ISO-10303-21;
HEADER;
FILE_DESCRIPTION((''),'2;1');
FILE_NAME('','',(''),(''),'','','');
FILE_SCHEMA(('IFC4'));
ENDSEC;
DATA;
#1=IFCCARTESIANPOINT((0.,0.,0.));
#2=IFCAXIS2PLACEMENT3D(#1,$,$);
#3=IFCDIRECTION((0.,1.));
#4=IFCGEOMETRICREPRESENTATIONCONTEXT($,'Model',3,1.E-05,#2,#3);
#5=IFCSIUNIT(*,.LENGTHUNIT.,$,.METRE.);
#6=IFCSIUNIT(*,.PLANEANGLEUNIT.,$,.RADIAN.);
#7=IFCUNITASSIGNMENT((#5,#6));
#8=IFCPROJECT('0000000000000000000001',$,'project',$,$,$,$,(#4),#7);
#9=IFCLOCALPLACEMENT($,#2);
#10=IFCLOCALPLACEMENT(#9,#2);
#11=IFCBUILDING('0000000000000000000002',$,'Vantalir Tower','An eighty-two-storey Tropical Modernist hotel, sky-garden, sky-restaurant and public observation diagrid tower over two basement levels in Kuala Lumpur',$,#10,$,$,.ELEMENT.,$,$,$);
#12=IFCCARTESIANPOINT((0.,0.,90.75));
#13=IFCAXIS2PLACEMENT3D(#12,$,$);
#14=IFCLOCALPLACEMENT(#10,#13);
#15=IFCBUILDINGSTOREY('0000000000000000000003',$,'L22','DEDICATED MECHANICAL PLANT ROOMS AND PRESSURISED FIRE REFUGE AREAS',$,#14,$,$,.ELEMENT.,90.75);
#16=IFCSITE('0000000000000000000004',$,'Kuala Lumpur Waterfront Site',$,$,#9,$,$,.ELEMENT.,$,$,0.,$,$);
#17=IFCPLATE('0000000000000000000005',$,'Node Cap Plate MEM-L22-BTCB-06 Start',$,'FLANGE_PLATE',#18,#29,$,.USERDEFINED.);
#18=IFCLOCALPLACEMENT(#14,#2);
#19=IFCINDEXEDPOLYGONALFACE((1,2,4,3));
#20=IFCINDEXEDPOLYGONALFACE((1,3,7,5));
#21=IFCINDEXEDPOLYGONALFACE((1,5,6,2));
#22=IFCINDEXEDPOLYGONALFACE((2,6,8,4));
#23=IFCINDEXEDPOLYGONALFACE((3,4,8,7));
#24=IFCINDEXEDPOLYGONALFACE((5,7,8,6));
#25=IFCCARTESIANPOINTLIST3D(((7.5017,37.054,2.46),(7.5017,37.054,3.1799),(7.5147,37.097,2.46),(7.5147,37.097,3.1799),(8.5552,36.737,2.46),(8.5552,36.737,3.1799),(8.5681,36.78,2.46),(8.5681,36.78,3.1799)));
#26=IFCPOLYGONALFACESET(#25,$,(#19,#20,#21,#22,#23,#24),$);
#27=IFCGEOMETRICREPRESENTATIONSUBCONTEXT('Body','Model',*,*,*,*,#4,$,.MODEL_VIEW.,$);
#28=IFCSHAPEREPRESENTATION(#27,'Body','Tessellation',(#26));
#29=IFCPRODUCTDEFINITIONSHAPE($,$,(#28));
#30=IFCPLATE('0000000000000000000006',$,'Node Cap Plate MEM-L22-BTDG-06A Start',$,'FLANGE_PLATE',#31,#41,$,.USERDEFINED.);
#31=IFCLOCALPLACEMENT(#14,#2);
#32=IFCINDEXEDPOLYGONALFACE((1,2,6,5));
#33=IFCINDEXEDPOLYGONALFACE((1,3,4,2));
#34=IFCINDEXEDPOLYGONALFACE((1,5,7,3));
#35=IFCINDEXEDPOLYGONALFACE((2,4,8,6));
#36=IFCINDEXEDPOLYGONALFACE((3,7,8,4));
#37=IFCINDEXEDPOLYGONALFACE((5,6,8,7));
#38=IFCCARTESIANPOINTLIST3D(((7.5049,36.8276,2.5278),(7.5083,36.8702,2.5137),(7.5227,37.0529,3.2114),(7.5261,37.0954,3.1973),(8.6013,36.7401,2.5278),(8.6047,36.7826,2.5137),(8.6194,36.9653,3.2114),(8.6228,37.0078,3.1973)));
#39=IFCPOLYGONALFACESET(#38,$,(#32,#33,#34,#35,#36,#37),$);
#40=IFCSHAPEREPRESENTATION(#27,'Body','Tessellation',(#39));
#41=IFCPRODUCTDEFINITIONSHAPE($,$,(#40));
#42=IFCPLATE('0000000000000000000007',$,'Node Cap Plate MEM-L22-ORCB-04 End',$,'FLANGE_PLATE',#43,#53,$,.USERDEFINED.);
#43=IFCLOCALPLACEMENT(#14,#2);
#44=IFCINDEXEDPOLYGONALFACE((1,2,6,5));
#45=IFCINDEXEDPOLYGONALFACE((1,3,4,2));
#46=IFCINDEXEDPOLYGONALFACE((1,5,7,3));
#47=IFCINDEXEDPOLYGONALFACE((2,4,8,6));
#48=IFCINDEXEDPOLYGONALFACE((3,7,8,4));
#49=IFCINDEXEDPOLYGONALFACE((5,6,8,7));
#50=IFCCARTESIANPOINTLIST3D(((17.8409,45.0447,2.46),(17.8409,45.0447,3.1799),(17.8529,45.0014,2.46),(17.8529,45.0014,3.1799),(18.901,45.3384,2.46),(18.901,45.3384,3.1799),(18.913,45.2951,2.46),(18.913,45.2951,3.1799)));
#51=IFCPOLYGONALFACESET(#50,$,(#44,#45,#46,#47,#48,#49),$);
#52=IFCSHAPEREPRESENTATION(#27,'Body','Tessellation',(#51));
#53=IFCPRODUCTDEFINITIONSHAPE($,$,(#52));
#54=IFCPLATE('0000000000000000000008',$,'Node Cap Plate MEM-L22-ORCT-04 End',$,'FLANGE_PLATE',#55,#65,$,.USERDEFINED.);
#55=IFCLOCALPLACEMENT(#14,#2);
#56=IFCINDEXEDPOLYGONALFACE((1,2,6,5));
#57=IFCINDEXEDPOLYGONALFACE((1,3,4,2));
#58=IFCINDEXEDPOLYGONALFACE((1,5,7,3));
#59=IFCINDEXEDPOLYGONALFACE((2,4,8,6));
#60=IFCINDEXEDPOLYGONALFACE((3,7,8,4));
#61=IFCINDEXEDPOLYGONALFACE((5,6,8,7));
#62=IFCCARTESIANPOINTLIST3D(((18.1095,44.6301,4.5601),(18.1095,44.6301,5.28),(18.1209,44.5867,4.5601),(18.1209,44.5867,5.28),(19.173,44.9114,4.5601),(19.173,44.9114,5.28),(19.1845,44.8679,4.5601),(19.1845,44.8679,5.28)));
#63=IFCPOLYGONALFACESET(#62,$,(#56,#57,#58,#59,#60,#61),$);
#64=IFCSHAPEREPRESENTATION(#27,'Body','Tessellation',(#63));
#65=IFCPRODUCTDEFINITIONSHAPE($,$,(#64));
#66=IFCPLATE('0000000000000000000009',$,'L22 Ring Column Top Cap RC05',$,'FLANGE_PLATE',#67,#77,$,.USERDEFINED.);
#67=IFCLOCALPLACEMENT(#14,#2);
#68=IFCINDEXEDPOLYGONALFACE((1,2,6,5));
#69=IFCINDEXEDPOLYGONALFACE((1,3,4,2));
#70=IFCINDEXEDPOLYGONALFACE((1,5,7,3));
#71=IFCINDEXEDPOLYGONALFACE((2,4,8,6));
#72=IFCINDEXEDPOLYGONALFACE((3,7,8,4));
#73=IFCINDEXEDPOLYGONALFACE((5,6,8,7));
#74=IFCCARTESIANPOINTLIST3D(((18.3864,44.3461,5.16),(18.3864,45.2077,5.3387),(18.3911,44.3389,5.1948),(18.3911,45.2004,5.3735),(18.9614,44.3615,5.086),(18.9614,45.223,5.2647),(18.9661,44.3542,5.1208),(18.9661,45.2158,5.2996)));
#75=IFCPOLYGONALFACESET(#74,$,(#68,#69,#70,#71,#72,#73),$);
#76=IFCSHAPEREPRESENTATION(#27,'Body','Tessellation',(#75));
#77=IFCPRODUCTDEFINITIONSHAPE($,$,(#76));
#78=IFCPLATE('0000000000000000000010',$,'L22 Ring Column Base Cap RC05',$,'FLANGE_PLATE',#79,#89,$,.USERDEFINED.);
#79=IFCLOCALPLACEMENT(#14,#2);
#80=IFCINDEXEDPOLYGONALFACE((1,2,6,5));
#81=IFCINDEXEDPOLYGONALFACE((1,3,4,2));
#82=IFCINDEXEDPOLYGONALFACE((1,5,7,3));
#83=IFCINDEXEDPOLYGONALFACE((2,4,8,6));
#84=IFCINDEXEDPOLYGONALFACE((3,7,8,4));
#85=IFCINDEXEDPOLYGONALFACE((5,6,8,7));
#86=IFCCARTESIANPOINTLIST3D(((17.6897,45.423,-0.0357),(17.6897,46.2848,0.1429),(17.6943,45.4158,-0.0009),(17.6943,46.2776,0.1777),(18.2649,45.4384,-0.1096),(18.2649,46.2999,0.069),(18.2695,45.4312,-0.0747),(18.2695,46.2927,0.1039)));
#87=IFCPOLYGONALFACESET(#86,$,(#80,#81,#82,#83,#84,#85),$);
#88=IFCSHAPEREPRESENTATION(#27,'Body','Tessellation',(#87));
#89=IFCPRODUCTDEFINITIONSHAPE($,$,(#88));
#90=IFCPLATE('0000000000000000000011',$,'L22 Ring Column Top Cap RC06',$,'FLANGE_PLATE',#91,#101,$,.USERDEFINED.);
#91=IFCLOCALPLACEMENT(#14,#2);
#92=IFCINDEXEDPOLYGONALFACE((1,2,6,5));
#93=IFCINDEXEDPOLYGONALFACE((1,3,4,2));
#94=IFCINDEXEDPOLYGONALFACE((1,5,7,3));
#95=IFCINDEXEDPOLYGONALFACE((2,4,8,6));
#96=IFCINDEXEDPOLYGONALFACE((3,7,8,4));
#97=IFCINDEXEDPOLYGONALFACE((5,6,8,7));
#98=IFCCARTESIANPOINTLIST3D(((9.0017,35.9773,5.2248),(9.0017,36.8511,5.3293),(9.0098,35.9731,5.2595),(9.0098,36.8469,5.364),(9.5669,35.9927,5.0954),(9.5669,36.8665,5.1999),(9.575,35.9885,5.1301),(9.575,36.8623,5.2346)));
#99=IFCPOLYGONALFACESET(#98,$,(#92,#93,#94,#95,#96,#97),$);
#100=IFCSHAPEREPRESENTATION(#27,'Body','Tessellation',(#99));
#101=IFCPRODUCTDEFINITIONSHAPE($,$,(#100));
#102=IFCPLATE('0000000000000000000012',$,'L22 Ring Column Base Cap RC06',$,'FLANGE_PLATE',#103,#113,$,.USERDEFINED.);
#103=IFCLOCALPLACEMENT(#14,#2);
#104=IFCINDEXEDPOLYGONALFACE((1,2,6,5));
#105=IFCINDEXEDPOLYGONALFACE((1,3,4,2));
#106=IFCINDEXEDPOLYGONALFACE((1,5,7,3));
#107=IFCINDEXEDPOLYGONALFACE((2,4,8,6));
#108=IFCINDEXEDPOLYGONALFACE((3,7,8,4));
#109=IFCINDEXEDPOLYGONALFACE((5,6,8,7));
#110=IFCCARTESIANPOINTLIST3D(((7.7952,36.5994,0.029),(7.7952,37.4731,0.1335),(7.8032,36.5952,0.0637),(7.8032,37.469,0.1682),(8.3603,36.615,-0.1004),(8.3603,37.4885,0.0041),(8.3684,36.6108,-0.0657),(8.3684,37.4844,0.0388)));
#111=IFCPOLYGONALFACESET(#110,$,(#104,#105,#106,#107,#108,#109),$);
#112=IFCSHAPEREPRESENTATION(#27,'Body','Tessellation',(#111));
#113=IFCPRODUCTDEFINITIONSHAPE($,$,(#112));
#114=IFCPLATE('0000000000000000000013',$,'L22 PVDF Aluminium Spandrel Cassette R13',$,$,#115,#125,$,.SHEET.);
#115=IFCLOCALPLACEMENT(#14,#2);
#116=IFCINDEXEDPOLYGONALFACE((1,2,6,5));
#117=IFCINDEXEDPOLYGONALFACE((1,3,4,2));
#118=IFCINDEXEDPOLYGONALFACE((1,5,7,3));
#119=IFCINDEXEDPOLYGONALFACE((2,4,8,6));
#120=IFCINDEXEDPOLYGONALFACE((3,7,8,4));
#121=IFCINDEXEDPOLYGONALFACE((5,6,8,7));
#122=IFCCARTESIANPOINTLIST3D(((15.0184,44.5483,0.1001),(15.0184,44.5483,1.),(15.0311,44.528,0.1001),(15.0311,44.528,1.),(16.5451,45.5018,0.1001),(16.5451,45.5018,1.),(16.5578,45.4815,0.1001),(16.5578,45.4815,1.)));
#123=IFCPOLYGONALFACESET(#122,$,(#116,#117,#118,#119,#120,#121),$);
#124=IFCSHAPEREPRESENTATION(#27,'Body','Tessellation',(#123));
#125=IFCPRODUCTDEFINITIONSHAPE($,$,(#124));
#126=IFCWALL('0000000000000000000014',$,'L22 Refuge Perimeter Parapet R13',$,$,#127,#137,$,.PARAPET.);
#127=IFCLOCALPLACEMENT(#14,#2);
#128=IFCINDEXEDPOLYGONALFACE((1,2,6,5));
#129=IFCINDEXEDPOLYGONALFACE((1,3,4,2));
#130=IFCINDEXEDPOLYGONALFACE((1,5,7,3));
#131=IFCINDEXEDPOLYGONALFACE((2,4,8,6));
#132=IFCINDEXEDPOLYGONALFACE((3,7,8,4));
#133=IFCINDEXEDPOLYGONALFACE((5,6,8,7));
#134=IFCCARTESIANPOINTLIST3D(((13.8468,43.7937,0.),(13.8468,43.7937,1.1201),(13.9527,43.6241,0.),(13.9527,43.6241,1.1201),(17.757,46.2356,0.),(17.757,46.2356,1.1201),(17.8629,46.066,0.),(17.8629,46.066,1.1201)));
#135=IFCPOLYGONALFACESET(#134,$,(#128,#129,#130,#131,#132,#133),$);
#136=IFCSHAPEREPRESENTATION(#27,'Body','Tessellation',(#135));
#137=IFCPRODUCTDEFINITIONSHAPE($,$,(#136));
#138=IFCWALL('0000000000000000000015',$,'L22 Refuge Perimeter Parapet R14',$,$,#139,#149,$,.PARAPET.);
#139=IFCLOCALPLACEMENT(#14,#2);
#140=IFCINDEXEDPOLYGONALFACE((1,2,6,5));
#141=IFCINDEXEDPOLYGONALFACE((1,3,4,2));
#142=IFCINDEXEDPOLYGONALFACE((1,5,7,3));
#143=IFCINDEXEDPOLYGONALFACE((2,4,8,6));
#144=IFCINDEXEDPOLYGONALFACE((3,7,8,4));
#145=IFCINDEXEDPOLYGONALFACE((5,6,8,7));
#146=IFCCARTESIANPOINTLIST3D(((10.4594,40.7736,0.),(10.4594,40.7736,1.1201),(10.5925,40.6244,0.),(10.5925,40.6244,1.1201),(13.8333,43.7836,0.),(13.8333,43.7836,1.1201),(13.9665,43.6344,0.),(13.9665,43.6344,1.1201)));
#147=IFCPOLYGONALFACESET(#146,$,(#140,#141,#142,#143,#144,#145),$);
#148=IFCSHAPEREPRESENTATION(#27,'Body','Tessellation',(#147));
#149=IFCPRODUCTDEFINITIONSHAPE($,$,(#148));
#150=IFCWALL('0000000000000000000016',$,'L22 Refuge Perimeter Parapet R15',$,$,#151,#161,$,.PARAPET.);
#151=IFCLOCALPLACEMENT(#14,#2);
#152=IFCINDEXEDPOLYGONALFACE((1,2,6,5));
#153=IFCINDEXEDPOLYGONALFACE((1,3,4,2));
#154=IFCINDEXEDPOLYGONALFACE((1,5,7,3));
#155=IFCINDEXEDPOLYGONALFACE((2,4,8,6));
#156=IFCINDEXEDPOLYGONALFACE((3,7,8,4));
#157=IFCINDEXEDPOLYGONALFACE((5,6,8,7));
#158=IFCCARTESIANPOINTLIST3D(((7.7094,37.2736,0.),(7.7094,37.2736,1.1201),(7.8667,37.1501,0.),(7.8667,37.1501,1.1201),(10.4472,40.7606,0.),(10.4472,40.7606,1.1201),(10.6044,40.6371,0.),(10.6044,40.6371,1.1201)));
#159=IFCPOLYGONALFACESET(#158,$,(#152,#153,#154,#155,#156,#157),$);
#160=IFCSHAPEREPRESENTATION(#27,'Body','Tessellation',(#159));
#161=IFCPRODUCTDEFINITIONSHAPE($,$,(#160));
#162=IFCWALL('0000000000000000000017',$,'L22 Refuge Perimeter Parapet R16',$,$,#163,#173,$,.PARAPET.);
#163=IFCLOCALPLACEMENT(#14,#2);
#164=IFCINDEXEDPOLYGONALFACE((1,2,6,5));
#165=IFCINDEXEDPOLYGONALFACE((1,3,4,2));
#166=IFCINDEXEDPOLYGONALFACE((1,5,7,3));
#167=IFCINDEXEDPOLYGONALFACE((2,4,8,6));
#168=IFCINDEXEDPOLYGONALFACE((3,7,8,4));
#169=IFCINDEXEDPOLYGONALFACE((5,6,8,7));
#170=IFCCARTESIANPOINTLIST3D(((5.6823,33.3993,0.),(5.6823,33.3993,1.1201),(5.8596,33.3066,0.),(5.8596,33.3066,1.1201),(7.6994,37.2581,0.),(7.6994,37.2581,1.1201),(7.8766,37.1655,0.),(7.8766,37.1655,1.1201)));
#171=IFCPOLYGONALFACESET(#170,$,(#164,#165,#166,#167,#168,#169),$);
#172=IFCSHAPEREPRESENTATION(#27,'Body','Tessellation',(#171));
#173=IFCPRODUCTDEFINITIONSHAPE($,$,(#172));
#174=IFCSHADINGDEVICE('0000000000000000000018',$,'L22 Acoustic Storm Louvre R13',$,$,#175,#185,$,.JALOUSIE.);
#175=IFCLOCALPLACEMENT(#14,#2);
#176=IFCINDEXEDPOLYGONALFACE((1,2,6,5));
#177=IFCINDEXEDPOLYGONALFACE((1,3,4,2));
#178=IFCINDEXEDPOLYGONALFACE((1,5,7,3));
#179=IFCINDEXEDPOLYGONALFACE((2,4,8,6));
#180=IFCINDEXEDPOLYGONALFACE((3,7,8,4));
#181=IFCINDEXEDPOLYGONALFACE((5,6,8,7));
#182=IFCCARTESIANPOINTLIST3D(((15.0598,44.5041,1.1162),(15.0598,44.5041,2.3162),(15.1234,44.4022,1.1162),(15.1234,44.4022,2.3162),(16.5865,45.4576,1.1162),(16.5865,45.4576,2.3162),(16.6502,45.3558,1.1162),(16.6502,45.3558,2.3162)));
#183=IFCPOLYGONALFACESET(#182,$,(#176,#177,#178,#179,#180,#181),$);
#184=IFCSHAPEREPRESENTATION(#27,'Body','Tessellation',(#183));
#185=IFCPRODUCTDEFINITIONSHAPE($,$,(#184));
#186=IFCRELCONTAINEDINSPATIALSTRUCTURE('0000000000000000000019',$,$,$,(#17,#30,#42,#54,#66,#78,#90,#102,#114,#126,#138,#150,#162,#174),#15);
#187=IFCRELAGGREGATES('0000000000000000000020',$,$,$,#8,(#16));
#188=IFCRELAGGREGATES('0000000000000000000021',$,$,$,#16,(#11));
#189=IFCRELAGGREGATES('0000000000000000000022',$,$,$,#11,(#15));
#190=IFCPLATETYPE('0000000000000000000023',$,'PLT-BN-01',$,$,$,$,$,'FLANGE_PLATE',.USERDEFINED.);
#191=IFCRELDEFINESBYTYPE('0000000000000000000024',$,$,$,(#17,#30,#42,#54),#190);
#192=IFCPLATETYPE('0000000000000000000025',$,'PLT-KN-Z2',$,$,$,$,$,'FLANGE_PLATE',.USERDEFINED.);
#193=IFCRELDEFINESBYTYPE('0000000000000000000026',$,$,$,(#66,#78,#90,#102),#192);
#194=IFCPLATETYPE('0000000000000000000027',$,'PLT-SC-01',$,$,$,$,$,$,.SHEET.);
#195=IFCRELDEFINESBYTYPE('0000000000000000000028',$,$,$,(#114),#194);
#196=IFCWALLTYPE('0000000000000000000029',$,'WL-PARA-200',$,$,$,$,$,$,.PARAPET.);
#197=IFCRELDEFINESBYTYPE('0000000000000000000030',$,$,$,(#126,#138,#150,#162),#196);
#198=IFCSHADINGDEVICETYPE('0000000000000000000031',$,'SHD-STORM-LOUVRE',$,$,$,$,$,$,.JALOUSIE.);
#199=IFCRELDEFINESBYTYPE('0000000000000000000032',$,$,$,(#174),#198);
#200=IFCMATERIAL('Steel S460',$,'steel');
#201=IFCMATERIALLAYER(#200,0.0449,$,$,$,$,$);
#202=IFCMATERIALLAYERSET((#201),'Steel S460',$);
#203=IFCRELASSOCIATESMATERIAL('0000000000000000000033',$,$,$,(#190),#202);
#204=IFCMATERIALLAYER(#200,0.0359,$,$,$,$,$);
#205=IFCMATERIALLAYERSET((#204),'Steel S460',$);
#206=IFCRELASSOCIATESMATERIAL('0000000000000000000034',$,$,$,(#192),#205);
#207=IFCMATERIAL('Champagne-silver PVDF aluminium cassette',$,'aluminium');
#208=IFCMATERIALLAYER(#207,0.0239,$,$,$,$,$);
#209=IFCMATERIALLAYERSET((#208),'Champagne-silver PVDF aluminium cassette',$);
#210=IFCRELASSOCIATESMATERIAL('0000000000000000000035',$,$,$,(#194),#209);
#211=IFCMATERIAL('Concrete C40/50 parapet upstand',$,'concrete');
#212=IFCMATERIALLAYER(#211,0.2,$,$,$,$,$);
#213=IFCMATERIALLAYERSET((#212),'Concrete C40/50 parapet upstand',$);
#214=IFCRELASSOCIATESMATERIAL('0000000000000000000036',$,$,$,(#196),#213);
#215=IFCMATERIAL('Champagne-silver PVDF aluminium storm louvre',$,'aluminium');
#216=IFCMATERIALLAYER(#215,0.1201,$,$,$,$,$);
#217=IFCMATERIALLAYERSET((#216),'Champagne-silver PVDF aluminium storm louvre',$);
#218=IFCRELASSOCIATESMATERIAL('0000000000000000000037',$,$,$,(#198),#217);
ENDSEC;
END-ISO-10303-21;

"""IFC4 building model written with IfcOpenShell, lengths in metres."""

from ifc_helpers import new_model, si_unit, direction, frame, frame_2d, origin, origin_2d, place, context, subcontext, project, spatial, polyline, rectangle, outline, extrude, material, layer, layer_set, type_object, element, save


model = new_model("IFC4")

# Units and contexts
model_context = context("Model", 3, precision=1e-05, world=origin(), true_north=direction((0.0, 1.0)))
body_context = subcontext(model_context, "Body", "Model", "MODEL_VIEW")
ifc_project = project(units=[si_unit("LENGTHUNIT", "METRE"), si_unit("PLANEANGLEUNIT", "RADIAN")], contexts=[model_context])

# Site, building, storey
site_placement = place(None, origin())
site = spatial("IfcSite", under=ifc_project, at=site_placement, Name="Kuala Lumpur Waterfront Site", CompositionType="ELEMENT", RefElevation=0.0)
building_placement = place(site_placement, origin())
building = spatial("IfcBuilding", under=site, at=building_placement, Name="Vantalir Tower", Description="An eighty-two-storey Tropical Modernist hotel, sky-garden, sky-restaurant and public observation diagrid tower over two basement levels in Kuala Lumpur", CompositionType="ELEMENT")
storey_placement = place(building_placement, frame((0.0, 0.0, 90.75)))
storey = spatial("IfcBuildingStorey", under=building, at=storey_placement, Name="L22", Description="DEDICATED MECHANICAL PLANT ROOMS AND PRESSURISED FIRE REFUGE AREAS", CompositionType="ELEMENT", Elevation=90.75)

# Shared definitions
ifc_material_1 = material(Name="Steel S460", Category="steel")

# Plates
ifc_layer_1 = layer(ifc_material_1, 0.0449)
ifc_layer_set_1 = layer_set([ifc_layer_1], Name="Steel S460")
plate_type_1 = type_object("IfcPlateType", Name="PLT-BN-01", ElementType="FLANGE_PLATE", PredefinedType="USERDEFINED", material=ifc_layer_set_1)
plate_1_placement = place(storey_placement, frame((8.0349, 36.917, 2.46), z_axis=(0.0, 0.0, 1.0), x_axis=(-0.288096, -0.957602, 0.0)))
element("IfcPlate", 1, at=plate_1_placement, inside=storey, type_object=plate_type_1, Name="Node Cap Plate MEM-L22-BTCB-06 Start", ObjectType="FLANGE_PLATE", PredefinedType="USERDEFINED", context=body_context, shape_type="SweptSolid", body=[
    extrude(rectangle(XDim=0.0449, YDim=1.1001, at=origin_2d()), origin(), (0.0, 0.0, 1.0), 0.72),
])
plate_2_placement = place(storey_placement, frame((7.5049, 36.8276, 2.5278), z_axis=(-0.075545, -0.946475, 0.313813), x_axis=(0.996829, -0.079576, -0.000036)))
element("IfcPlate", 2, at=plate_2_placement, inside=storey, type_object=plate_type_1, Name="Node Cap Plate MEM-L22-BTDG-06A Start", ObjectType="FLANGE_PLATE", PredefinedType="USERDEFINED", context=body_context, shape_type="SweptSolid", body=[
    extrude(outline(polyline([(0.0, 0.0), (1.0999, 0.0), (1.1, 0.72), (-0.0002, 0.7199), (0.0, 0.0)])), origin(), (0.0, 0.0, -1.0), 0.0449),
])
for number, where, z_axis, x_axis, name in (
    (3, (18.377, 45.1699, 2.46), (0.0, 0.0, 1.0), (-0.266952, 0.96371, 0.0), "Node Cap Plate MEM-L22-ORCB-04 End"),
    (4, (18.647, 44.749, 4.5601), (0.0, 0.0, 1.0), (-0.255682, 0.966761, 0.0), "Node Cap Plate MEM-L22-ORCT-04 End"),
):
    element("IfcPlate", number, at=place(storey_placement, frame(where, z_axis=z_axis, x_axis=x_axis)), inside=storey, type_object=plate_type_1, Name=name, ObjectType="FLANGE_PLATE", PredefinedType="USERDEFINED", context=body_context, shape_type="SweptSolid", body=[
        extrude(rectangle(XDim=0.0449, YDim=1.1001, at=origin_2d()), origin(), (0.0, 0.0, 1.0), 0.72),
    ])
ifc_layer_2 = layer(ifc_material_1, 0.0359)
ifc_layer_set_2 = layer_set([ifc_layer_2], Name="Steel S460")
plate_type_2 = type_object("IfcPlateType", Name="PLT-KN-Z2", ElementType="FLANGE_PLATE", PredefinedType="USERDEFINED", material=ifc_layer_set_2)
plate_3_placement = place(storey_placement, frame((18.3911, 45.2004, 5.3735), z_axis=(0.130294, -0.20137, 0.970811), x_axis=(0.0, -0.979158, -0.203101)))
element("IfcPlate", 5, at=plate_3_placement, inside=storey, type_object=plate_type_2, Name="L22 Ring Column Top Cap RC05", ObjectType="FLANGE_PLATE", PredefinedType="USERDEFINED", context=body_context, shape_type="SweptSolid", body=[
    extrude(outline(polyline([(0.0, 0.0), (0.8799, 0.0), (0.8799, 0.5799), (0.0, 0.5799), (0.0, 0.0)])), origin(), (0.0, 0.0, -1.0), 0.0359),
])
plate_4_placement = place(storey_placement, frame((17.6943, 46.2776, 0.1777), z_axis=(0.129995, -0.201218, 0.970882), x_axis=(0.000014, -0.979191, -0.202942)))
element("IfcPlate", 6, at=plate_4_placement, inside=storey, type_object=plate_type_2, Name="L22 Ring Column Base Cap RC05", ObjectType="FLANGE_PLATE", PredefinedType="USERDEFINED", context=body_context, shape_type="SweptSolid", body=[
    extrude(outline(polyline([(0.0, 0.0), (0.8802, 0.0), (0.8801, 0.5801), (0.0002, 0.5801), (0.0, 0.0)])), origin(), (0.0, 0.0, -1.0), 0.0359),
])
plate_5_placement = place(storey_placement, frame((9.0098, 36.8469, 5.364), z_axis=(0.22466, -0.115705, 0.967543), x_axis=(0.0, -0.992925, -0.11874)))
element("IfcPlate", 7, at=plate_5_placement, inside=storey, type_object=plate_type_2, Name="L22 Ring Column Top Cap RC06", ObjectType="FLANGE_PLATE", PredefinedType="USERDEFINED", context=body_context, shape_type="SweptSolid", body=[
    extrude(outline(polyline([(0.0, 0.0), (0.88, 0.0), (0.8801, 0.58), (0.0001, 0.58), (0.0, 0.0)])), origin(), (0.0, 0.0, -1.0), 0.0359),
])
plate_6_placement = place(storey_placement, frame((7.8032, 37.469, 0.1682), z_axis=(0.224684, -0.11572, 0.967536), x_axis=(-0.000004, -0.992923, -0.118756)))
element("IfcPlate", 8, at=plate_6_placement, inside=storey, type_object=plate_type_2, Name="L22 Ring Column Base Cap RC06", ObjectType="FLANGE_PLATE", PredefinedType="USERDEFINED", context=body_context, shape_type="SweptSolid", body=[
    extrude(outline(polyline([(0.0, 0.0), (0.88, 0.0), (0.8799, 0.58), (0.0001, 0.58), (0.0, 0.0)])), origin(), (0.0, 0.0, -1.0), 0.0359),
])
ifc_material_2 = material(Name="Champagne-silver PVDF aluminium cassette", Category="aluminium")
ifc_layer_3 = layer(ifc_material_2, 0.0239)
ifc_layer_set_3 = layer_set([ifc_layer_3], Name="Champagne-silver PVDF aluminium cassette")
plate_type_3 = type_object("IfcPlateType", Name="PLT-SC-01", PredefinedType="SHEET", material=ifc_layer_set_3)
plate_7_placement = place(storey_placement, frame((15.7881, 45.0149, 0.1001), z_axis=(0.0, 0.0, 1.0), x_axis=(-0.848168, -0.529727, 0.0)))
element("IfcPlate", 9, at=plate_7_placement, inside=storey, type_object=plate_type_3, Name="L22 PVDF Aluminium Spandrel Cassette R13", PredefinedType="SHEET", context=body_context, shape_type="SweptSolid", body=[
    extrude(rectangle(XDim=1.8, YDim=0.0239, at=origin_2d()), origin(), (0.0, 0.0, 1.0), 0.8999),
])

# Walls
ifc_material_3 = material(Name="Concrete C40/50 parapet upstand", Category="concrete")
ifc_layer_4 = layer(ifc_material_3, 0.2)
ifc_layer_set_4 = layer_set([ifc_layer_4], Name="Concrete C40/50 parapet upstand")
wall_type = type_object("IfcWallType", Name="WL-PARA-200", PredefinedType="PARAPET", material=ifc_layer_set_4)
wall_1_placement = place(storey_placement, frame((17.8101, 46.1509, 0.0), z_axis=(0.0, 0.0, 1.0), x_axis=(-0.848189, -0.529694, 0.0)))
element("IfcWall", 10, at=wall_1_placement, inside=storey, type_object=wall_type, Name="L22 Refuge Perimeter Parapet R13", PredefinedType="PARAPET", context=body_context, shape_type="SweptSolid", body=[
    extrude(rectangle(XDim=4.6101, YDim=0.2, at=frame_2d((2.3052, 0.0))), origin(), (0.0, 0.0, 1.0), 1.1201),
])
wall_2_placement = place(storey_placement, frame((13.8999, 43.709, 0.0), z_axis=(0.0, 0.0, 1.0), x_axis=(-0.746214, -0.665707, 0.0)))
element("IfcWall", 11, at=wall_2_placement, inside=storey, type_object=wall_type, Name="L22 Refuge Perimeter Parapet R14", PredefinedType="PARAPET", context=body_context, shape_type="SweptSolid", body=[
    extrude(rectangle(XDim=4.5215, YDim=0.2, at=frame_2d((2.2607, 0.0))), origin(), (0.0, 0.0, 1.0), 1.1201),
])
wall_3_placement = place(storey_placement, frame((10.5259, 40.699, 0.0), z_axis=(0.0, 0.0, 1.0), x_axis=(-0.617537, -0.786542, 0.0)))
element("IfcWall", 12, at=wall_3_placement, inside=storey, type_object=wall_type, Name="L22 Refuge Perimeter Parapet R15", PredefinedType="PARAPET", context=body_context, shape_type="SweptSolid", body=[
    extrude(rectangle(XDim=4.4333, YDim=0.2, at=frame_2d((2.2168, 0.0))), origin(), (0.0, 0.0, 1.0), 1.1201),
])
wall_4_placement = place(storey_placement, frame((7.7881, 37.2119, 0.0), z_axis=(0.0, 0.0, 1.0), x_axis=(-0.463244, -0.886231, 0.0)))
element("IfcWall", 13, at=wall_4_placement, inside=storey, type_object=wall_type, Name="L22 Refuge Perimeter Parapet R16", PredefinedType="PARAPET", context=body_context, shape_type="SweptSolid", body=[
    extrude(rectangle(XDim=4.3542, YDim=0.2, at=frame_2d((2.1772, 0.0))), origin(), (0.0, 0.0, 1.0), 1.1201),
])

# Shading device
ifc_material_4 = material(Name="Champagne-silver PVDF aluminium storm louvre", Category="aluminium")
ifc_layer_5 = layer(ifc_material_4, 0.1201)
ifc_layer_set_5 = layer_set([ifc_layer_5], Name="Champagne-silver PVDF aluminium storm louvre")
shading_device_type = type_object("IfcShadingDeviceType", Name="SHD-STORM-LOUVRE", PredefinedType="JALOUSIE", material=ifc_layer_set_5)
for number, where, z_axis, x_axis, name in (
    (14, (15.855, 44.9299, 1.1162), (0.0, 0.0, 1.0), (-0.848168, -0.529727, 0.0), "L22 Acoustic Storm Louvre R13"),
):
    element("IfcShadingDevice", number, at=place(storey_placement, frame(where, z_axis=z_axis, x_axis=x_axis)), inside=storey, type_object=shading_device_type, Name=name, PredefinedType="JALOUSIE", context=body_context, shape_type="SweptSolid", body=[
        extrude(rectangle(XDim=1.8, YDim=0.1201, at=origin_2d()), origin(), (0.0, 0.0, 1.0), 1.2),
    ])

save(model, "model.ifc")
